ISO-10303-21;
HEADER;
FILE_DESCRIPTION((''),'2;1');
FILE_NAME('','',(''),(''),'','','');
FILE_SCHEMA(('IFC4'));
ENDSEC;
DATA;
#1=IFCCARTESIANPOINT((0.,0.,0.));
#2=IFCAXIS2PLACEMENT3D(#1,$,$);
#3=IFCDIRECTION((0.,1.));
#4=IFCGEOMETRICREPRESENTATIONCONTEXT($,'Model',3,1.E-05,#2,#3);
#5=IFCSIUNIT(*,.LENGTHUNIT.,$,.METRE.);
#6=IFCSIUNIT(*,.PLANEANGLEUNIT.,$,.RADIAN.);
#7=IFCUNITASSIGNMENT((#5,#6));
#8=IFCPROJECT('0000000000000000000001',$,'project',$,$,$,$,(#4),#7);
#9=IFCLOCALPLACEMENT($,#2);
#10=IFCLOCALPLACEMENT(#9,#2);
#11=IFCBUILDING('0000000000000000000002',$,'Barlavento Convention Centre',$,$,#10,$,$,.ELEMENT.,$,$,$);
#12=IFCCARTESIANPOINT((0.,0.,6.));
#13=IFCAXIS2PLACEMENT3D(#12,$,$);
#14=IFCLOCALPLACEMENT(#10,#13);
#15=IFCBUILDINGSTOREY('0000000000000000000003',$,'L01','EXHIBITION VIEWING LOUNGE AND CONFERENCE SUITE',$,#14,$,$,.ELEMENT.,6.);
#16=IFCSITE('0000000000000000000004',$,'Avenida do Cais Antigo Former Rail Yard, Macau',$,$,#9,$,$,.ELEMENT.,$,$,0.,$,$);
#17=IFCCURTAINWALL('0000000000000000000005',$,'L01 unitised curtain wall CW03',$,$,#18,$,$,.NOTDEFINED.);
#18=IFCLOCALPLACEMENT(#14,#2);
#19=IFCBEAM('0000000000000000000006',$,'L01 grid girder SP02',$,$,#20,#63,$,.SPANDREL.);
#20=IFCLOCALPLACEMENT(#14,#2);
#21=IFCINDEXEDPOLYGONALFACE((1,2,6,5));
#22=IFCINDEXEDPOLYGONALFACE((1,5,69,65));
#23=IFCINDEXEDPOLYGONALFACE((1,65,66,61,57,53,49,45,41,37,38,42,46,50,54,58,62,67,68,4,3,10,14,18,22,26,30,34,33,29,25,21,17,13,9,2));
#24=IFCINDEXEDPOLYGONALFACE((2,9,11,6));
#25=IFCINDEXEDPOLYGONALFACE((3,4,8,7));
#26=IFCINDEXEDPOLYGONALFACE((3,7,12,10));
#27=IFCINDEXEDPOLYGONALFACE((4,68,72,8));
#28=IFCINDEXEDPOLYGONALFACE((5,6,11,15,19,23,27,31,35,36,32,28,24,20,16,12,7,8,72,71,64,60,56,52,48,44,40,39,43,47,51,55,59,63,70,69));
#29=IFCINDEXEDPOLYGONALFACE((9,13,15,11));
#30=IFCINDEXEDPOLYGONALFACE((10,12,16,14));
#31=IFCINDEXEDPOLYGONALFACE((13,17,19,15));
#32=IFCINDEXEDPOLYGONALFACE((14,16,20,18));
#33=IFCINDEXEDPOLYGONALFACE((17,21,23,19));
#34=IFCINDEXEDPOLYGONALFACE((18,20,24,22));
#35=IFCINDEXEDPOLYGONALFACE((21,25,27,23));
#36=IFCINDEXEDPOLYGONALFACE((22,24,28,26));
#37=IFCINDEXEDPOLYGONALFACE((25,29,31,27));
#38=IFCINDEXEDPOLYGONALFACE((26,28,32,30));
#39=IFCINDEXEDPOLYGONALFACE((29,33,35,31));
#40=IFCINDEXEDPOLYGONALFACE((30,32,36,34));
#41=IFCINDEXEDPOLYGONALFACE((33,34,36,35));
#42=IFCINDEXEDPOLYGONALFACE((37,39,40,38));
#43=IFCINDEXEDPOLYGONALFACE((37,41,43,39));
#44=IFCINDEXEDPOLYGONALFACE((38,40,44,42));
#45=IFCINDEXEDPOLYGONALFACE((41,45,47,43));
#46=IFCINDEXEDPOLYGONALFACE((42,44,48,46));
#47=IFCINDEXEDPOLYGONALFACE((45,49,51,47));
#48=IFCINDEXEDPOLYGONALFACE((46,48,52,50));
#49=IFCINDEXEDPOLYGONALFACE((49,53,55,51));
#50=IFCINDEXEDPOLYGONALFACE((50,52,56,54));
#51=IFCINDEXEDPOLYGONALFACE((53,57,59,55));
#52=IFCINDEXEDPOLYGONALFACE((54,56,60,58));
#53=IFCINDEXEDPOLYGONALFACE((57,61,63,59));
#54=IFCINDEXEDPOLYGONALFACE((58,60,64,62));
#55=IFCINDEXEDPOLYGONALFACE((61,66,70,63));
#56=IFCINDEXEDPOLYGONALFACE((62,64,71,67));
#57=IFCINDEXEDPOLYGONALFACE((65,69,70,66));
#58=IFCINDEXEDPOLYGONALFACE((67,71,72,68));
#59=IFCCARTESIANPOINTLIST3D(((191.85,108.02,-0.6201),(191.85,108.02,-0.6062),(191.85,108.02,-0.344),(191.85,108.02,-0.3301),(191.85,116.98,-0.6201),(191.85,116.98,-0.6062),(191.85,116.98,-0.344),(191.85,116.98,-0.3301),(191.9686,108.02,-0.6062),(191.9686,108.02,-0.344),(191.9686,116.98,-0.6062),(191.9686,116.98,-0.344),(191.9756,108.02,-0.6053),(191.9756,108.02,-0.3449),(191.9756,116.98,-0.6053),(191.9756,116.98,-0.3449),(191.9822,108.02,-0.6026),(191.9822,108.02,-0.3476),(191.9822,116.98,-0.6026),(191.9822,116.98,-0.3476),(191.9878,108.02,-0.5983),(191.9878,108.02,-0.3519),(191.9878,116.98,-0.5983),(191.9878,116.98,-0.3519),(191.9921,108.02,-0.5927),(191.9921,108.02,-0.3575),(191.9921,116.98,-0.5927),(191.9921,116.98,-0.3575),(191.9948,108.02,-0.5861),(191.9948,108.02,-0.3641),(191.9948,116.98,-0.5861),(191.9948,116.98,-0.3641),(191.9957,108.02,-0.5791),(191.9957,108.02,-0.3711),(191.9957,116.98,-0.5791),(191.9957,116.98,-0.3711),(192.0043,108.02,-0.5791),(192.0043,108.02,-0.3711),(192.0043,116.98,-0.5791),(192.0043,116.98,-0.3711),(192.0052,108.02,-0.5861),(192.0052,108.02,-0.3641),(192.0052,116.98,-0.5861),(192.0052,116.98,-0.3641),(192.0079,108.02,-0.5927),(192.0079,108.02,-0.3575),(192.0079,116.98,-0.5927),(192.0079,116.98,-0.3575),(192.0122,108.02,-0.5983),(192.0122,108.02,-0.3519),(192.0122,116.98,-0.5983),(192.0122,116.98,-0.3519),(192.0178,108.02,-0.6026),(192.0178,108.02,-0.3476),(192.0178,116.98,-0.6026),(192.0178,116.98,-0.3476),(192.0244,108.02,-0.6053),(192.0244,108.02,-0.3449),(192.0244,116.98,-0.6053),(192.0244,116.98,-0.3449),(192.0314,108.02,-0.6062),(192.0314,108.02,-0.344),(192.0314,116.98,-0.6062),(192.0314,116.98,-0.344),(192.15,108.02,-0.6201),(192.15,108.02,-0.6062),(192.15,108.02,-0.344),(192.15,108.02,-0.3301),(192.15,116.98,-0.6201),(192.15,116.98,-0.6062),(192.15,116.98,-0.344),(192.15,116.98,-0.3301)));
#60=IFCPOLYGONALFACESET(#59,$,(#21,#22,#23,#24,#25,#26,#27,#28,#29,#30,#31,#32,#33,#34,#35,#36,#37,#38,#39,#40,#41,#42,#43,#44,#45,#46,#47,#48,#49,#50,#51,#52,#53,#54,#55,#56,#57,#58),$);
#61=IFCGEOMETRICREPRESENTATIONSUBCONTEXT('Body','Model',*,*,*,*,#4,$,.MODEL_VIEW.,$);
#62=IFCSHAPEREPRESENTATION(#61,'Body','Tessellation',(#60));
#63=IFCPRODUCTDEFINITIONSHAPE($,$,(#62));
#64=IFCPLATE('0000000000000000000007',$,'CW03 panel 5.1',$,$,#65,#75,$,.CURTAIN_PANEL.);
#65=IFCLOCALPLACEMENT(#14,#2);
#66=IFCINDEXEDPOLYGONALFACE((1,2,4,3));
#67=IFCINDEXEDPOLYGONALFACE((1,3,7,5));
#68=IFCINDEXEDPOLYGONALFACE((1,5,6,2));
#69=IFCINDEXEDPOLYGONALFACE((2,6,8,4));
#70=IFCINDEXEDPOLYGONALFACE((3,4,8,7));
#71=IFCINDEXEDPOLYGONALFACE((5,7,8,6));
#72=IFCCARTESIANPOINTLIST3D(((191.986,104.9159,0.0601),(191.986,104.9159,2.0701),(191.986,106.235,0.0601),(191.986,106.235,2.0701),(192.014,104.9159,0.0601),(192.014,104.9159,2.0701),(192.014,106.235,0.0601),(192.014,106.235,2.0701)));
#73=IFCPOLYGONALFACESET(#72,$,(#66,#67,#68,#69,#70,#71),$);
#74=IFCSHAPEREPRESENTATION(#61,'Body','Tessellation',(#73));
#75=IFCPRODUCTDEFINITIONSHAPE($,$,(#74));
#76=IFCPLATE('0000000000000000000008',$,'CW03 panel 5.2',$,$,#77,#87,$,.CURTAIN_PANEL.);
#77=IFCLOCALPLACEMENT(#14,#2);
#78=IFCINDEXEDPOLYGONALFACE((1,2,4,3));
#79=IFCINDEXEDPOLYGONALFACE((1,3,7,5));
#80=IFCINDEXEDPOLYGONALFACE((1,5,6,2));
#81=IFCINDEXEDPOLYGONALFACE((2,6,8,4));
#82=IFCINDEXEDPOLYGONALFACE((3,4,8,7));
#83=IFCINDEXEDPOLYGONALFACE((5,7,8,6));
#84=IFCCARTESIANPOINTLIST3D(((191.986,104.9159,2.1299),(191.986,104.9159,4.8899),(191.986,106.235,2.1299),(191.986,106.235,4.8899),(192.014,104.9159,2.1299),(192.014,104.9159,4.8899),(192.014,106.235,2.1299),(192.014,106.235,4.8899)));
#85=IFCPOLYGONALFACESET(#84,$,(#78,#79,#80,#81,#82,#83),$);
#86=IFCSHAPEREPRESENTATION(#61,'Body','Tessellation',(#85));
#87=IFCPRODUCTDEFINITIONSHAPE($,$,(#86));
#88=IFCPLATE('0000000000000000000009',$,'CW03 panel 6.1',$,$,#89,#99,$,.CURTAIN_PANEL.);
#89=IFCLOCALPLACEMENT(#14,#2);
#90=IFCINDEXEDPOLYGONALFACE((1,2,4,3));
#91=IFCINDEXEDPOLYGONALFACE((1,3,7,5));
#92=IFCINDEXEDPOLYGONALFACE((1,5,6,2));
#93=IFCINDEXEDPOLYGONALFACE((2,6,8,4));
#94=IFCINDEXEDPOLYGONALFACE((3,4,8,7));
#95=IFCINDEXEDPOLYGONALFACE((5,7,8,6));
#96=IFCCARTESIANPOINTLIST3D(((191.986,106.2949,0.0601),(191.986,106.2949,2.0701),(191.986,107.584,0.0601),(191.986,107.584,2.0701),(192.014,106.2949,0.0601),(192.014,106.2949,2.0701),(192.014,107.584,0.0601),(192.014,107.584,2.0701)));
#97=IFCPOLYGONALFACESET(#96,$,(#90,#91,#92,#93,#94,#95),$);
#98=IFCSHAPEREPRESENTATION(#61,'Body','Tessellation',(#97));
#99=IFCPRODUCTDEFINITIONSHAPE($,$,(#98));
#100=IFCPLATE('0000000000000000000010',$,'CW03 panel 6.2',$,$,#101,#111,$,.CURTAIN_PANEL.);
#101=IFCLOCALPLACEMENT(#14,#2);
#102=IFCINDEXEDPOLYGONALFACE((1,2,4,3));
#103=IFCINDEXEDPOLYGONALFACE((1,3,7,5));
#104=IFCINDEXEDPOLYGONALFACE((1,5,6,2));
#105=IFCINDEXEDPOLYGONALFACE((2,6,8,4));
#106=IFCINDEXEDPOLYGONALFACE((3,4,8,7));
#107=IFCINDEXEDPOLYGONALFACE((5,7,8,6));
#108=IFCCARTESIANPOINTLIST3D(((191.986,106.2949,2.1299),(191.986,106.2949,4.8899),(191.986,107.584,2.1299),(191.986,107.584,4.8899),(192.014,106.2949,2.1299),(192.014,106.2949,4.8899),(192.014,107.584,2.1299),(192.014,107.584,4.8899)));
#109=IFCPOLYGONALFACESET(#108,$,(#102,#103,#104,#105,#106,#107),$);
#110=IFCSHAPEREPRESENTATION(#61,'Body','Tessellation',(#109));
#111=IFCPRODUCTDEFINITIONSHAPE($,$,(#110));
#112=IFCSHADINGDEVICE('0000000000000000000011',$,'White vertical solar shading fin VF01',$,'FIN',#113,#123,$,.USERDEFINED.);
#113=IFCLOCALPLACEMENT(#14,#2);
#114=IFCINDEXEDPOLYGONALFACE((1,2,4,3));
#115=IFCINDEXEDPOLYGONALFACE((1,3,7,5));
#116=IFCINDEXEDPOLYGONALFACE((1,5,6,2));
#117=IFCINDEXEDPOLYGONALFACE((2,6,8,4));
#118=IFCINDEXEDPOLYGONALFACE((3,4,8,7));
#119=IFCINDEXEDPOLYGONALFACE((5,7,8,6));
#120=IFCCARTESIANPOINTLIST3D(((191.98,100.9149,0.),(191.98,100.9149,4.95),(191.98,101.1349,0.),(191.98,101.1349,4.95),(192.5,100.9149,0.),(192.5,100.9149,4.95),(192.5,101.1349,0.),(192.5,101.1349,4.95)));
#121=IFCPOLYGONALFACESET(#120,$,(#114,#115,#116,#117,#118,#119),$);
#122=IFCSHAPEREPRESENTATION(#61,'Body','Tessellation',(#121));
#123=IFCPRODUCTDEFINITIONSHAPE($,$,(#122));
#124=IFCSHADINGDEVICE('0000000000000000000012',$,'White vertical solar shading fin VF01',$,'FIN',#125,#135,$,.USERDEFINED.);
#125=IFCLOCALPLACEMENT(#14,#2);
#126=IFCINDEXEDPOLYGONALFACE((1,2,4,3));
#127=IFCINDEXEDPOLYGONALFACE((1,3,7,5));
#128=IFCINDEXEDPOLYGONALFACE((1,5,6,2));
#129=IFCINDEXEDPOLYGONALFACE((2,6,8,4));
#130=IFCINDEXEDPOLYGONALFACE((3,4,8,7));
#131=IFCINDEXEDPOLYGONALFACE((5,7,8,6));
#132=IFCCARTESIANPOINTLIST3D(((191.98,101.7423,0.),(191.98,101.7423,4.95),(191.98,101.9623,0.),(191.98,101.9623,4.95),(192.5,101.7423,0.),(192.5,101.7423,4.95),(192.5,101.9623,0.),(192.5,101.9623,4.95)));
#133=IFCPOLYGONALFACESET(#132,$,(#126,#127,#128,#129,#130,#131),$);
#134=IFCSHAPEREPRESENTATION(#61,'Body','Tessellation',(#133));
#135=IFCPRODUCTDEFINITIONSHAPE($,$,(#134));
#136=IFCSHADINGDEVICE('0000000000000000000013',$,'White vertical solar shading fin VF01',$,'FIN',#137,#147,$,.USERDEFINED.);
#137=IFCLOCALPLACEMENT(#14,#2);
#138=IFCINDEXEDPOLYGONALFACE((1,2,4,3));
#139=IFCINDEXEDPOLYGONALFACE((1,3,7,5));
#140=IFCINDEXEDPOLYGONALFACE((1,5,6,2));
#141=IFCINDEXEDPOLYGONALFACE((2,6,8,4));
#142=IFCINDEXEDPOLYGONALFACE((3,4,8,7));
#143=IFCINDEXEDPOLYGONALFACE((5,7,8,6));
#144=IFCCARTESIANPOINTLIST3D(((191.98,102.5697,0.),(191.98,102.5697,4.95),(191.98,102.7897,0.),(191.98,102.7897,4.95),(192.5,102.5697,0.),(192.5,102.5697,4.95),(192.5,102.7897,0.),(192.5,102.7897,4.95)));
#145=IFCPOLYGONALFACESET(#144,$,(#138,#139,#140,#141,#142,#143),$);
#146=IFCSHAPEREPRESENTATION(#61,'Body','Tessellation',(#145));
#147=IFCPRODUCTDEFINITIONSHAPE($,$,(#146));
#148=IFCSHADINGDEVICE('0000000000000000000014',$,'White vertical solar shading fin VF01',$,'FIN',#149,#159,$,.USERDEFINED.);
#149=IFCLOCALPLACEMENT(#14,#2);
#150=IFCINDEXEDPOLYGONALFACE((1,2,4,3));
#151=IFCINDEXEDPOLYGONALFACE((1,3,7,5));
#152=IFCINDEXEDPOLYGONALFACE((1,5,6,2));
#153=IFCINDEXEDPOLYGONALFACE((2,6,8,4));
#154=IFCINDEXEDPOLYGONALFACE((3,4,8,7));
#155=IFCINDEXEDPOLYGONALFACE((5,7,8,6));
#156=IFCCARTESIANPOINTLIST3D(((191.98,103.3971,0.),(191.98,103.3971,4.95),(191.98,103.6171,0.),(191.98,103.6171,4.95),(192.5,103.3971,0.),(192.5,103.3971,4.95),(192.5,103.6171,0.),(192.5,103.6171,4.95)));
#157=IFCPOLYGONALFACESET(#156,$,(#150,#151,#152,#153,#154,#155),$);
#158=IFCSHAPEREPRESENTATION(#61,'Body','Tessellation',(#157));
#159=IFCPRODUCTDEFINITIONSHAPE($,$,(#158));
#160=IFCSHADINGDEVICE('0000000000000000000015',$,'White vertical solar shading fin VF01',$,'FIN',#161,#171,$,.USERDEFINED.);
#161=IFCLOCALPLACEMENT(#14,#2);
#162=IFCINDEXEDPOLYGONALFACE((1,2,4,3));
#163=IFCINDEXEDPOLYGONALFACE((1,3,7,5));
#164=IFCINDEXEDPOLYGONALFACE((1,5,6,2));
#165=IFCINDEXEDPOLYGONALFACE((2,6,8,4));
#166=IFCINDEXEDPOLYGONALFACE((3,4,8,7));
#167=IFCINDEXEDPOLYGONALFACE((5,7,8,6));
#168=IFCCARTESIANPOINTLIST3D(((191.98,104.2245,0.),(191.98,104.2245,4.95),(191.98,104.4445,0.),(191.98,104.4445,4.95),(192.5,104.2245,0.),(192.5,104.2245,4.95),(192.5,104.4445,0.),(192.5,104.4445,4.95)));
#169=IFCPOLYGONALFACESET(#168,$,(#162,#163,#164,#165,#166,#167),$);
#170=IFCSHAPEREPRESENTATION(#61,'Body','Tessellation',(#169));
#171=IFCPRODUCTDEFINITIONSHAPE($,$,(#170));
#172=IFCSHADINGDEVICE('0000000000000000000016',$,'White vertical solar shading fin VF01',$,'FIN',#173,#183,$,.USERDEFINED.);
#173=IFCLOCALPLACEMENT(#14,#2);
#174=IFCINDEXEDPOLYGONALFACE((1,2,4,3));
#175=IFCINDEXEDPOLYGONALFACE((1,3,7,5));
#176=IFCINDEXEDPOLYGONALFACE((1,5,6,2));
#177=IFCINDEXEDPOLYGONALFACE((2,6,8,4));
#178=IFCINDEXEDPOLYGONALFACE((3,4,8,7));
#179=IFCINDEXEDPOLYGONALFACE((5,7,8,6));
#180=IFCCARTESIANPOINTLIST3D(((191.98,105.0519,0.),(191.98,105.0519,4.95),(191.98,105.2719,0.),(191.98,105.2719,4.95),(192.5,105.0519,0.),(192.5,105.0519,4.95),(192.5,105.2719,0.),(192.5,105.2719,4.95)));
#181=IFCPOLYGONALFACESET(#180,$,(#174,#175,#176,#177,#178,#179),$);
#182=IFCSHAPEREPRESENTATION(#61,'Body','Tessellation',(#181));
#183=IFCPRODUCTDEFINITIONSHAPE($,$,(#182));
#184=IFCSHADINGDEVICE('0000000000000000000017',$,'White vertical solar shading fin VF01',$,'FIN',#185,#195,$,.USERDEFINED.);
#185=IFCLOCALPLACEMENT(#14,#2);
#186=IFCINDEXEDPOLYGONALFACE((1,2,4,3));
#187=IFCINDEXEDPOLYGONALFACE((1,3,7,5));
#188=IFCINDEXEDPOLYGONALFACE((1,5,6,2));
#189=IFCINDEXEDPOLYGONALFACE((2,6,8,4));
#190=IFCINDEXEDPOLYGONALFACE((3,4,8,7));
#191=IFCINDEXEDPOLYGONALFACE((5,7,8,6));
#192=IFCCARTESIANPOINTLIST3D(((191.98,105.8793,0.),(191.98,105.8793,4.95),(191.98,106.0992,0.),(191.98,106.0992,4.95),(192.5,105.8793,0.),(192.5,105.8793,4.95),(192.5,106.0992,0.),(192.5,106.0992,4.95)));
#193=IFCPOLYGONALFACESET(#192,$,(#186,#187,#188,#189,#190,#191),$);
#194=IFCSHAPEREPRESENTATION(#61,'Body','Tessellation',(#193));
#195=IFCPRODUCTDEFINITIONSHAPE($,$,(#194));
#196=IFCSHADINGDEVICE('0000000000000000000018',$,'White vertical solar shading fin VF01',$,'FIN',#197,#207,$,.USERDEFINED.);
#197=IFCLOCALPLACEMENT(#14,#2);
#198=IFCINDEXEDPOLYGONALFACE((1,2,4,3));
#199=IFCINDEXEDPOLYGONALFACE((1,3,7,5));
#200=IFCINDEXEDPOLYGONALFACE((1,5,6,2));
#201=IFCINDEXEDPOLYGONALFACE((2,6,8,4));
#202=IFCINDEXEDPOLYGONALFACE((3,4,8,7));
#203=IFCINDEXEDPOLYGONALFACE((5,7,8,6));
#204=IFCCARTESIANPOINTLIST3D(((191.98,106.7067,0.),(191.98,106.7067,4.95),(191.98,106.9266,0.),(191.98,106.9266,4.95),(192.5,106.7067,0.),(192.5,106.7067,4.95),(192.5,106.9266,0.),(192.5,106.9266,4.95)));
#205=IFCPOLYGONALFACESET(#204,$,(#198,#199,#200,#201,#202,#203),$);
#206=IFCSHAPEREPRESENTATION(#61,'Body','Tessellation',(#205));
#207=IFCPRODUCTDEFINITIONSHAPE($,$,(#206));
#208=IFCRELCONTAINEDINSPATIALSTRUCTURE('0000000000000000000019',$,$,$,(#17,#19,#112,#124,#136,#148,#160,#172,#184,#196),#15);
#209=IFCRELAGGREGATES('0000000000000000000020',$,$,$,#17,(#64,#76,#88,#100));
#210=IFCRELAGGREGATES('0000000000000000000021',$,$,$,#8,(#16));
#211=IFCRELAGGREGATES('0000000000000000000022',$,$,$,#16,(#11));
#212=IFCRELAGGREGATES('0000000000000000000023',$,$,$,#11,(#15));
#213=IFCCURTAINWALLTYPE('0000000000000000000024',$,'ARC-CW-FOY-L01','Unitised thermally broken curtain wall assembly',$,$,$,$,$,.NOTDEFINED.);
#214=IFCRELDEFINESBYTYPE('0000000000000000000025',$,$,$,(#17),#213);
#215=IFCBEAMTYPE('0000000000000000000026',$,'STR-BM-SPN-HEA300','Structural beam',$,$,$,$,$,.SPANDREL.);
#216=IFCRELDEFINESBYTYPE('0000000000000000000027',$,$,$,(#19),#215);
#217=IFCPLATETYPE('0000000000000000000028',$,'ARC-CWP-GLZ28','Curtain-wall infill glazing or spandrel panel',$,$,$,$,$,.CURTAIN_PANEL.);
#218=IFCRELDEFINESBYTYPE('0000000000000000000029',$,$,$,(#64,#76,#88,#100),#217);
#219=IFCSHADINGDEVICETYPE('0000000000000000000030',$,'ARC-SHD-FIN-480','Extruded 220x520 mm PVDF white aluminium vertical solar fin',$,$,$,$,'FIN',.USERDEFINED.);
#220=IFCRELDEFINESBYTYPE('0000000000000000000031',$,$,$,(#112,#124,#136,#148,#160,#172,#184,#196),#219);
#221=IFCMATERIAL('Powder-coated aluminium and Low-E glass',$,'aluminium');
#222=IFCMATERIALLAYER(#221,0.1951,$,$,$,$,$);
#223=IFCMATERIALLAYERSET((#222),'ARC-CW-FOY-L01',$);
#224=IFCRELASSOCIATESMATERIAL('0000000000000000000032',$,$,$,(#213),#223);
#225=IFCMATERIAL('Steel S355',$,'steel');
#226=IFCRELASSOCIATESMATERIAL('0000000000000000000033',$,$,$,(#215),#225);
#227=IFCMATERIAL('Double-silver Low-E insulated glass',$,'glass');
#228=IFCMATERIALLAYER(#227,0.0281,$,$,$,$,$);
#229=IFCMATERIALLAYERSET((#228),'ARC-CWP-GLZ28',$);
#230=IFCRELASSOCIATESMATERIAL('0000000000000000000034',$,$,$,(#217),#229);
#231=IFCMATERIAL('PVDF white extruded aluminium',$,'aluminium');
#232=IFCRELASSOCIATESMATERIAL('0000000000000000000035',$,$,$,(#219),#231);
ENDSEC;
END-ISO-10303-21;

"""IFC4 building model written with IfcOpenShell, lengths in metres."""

from ifc_helpers import new_model, si_unit, direction, frame, origin, origin_2d, place, context, subcontext, project, spatial, rectangle, i_section, extrude, material, layer, layer_set, material_profile, profile_set, type_object, element, aggregate, save


model = new_model("IFC4")

# Units and contexts
model_context = context("Model", 3, precision=1e-05, world=origin(), true_north=direction((0.0, 1.0)))
body_context = subcontext(model_context, "Body", "Model", "MODEL_VIEW")
ifc_project = project(units=[si_unit("LENGTHUNIT", "METRE"), si_unit("PLANEANGLEUNIT", "RADIAN")], contexts=[model_context])

# Site, building, storey
site_placement = place(None, origin())
site = spatial("IfcSite", under=ifc_project, at=site_placement, Name="Avenida do Cais Antigo Former Rail Yard, Macau", CompositionType="ELEMENT", RefElevation=0.0)
building_placement = place(site_placement, origin())
building = spatial("IfcBuilding", under=site, at=building_placement, Name="Barlavento Convention Centre", CompositionType="ELEMENT")
storey_placement = place(building_placement, frame((0.0, 0.0, 6.0)))
storey = spatial("IfcBuildingStorey", under=building, at=storey_placement, Name="L01", Description="EXHIBITION VIEWING LOUNGE AND CONFERENCE SUITE", CompositionType="ELEMENT", Elevation=6.0)

# Shared definitions
ifc_material_1 = material(Name="Steel S355", Category="steel")

# Curtain wall
ifc_material_2 = material(Name="Powder-coated aluminium and Low-E glass", Category="aluminium")
ifc_layer_1 = layer(ifc_material_2, 0.1951)
ifc_layer_set_1 = layer_set([ifc_layer_1], Name="ARC-CW-FOY-L01")
curtain_wall_type = type_object("IfcCurtainWallType", Name="ARC-CW-FOY-L01", Description="Unitised thermally broken curtain wall assembly", PredefinedType="NOTDEFINED", material=ifc_layer_set_1)
curtain_wall_placement = place(storey_placement, origin())
curtain_wall = element("IfcCurtainWall", 1, at=curtain_wall_placement, inside=storey, type_object=curtain_wall_type, Name="L01 unitised curtain wall CW03", PredefinedType="NOTDEFINED")

# Beam
ifc_material_profile_1 = material_profile(ifc_material_1, i_section(OverallWidth=0.3, OverallDepth=0.29, WebThickness=0.0085, FlangeThickness=0.0139, FilletRadius=0.0271, at=origin_2d()), Name="HEA 300")
ifc_profile_set_1 = profile_set([ifc_material_profile_1], Name="Steel S355")
beam_type = type_object("IfcBeamType", Name="STR-BM-SPN-HEA300", Description="Structural beam", PredefinedType="SPANDREL", material=ifc_profile_set_1)
beam_placement = place(storey_placement, frame((192.0, 108.02, -0.4751), z_axis=(0.0, 1.0, 0.0), x_axis=(-1.0, 0.0, 0.0)))
element("IfcBeam", 2, at=beam_placement, inside=storey, type_object=beam_type, Name="L01 grid girder SP02", PredefinedType="SPANDREL", context=body_context, shape_type="SweptSolid", body=[
    extrude(i_section(OverallWidth=0.3, OverallDepth=0.29, WebThickness=0.0085, FlangeThickness=0.0139, FilletRadius=0.0271, at=origin_2d()), origin(), (0.0, 0.0, 1.0), 8.96),
])

# Plates
ifc_material_3 = material(Name="Double-silver Low-E insulated glass", Category="glass")
ifc_layer_2 = layer(ifc_material_3, 0.0281)
ifc_layer_set_2 = layer_set([ifc_layer_2], Name="ARC-CWP-GLZ28")
plate_type = type_object("IfcPlateType", Name="ARC-CWP-GLZ28", Description="Curtain-wall infill glazing or spandrel panel", PredefinedType="CURTAIN_PANEL", material=ifc_layer_set_2)
plate_1_placement = place(storey_placement, frame((192.0, 105.5754, 0.0601), z_axis=(0.0, 0.0, 1.0), x_axis=(0.0, 1.0, 0.0)))
plate_1 = element("IfcPlate", 3, at=plate_1_placement, type_object=plate_type, Name="CW03 panel 5.1", PredefinedType="CURTAIN_PANEL", context=body_context, shape_type="SweptSolid", body=[
    extrude(rectangle(XDim=1.3191, YDim=0.0281, at=origin_2d()), origin(), (0.0, 0.0, 1.0), 2.01),
])
plate_2_placement = place(storey_placement, frame((192.0, 105.5754, 2.1299), z_axis=(0.0, 0.0, 1.0), x_axis=(0.0, 1.0, 0.0)))
plate_2 = element("IfcPlate", 4, at=plate_2_placement, type_object=plate_type, Name="CW03 panel 5.2", PredefinedType="CURTAIN_PANEL", context=body_context, shape_type="SweptSolid", body=[
    extrude(rectangle(XDim=1.3191, YDim=0.0281, at=origin_2d()), origin(), (0.0, 0.0, 1.0), 2.76),
])
plate_3_placement = place(storey_placement, frame((192.0, 106.9395, 0.0601), z_axis=(0.0, 0.0, 1.0), x_axis=(0.0, 1.0, 0.0)))
plate_3 = element("IfcPlate", 5, at=plate_3_placement, type_object=plate_type, Name="CW03 panel 6.1", PredefinedType="CURTAIN_PANEL", context=body_context, shape_type="SweptSolid", body=[
    extrude(rectangle(XDim=1.2891, YDim=0.0281, at=origin_2d()), origin(), (0.0, 0.0, 1.0), 2.01),
])
plate_4_placement = place(storey_placement, frame((192.0, 106.9395, 2.1299), z_axis=(0.0, 0.0, 1.0), x_axis=(0.0, 1.0, 0.0)))
plate_4 = element("IfcPlate", 6, at=plate_4_placement, type_object=plate_type, Name="CW03 panel 6.2", PredefinedType="CURTAIN_PANEL", context=body_context, shape_type="SweptSolid", body=[
    extrude(rectangle(XDim=1.2891, YDim=0.0281, at=origin_2d()), origin(), (0.0, 0.0, 1.0), 2.76),
])
aggregate(curtain_wall, [plate_1, plate_2, plate_3, plate_4])

# Shading devices
ifc_material_4 = material(Name="PVDF white extruded aluminium", Category="aluminium")
shading_device_type = type_object("IfcShadingDeviceType", Name="ARC-SHD-FIN-480", Description="Extruded 220x520 mm PVDF white aluminium vertical solar fin", ElementType="FIN", PredefinedType="USERDEFINED", material=ifc_material_4)
for number, where, z_axis, x_axis, name in (
    (7, (192.24, 101.0249, 0.0), (0.0, 0.0, 1.0), (0.0, 1.0, 0.0), "White vertical solar shading fin VF01"),
    (8, (192.24, 101.8523, 0.0), (0.0, 0.0, 1.0), (0.0, 1.0, 0.0), "White vertical solar shading fin VF01"),
    (9, (192.24, 102.6797, 0.0), (0.0, 0.0, 1.0), (0.0, 1.0, 0.0), "White vertical solar shading fin VF01"),
    (10, (192.24, 103.5071, 0.0), (0.0, 0.0, 1.0), (0.0, 1.0, 0.0), "White vertical solar shading fin VF01"),
    (11, (192.24, 104.3345, 0.0), (0.0, 0.0, 1.0), (0.0, 1.0, 0.0), "White vertical solar shading fin VF01"),
    (12, (192.24, 105.1619, 0.0), (0.0, 0.0, 1.0), (0.0, 1.0, 0.0), "White vertical solar shading fin VF01"),
    (13, (192.24, 105.9893, 0.0), (0.0, 0.0, 1.0), (0.0, 1.0, 0.0), "White vertical solar shading fin VF01"),
    (14, (192.24, 106.8167, 0.0), (0.0, 0.0, 1.0), (0.0, 1.0, 0.0), "White vertical solar shading fin VF01"),
):
    element("IfcShadingDevice", number, at=place(storey_placement, frame(where, z_axis=z_axis, x_axis=x_axis)), inside=storey, type_object=shading_device_type, Name=name, ObjectType="FIN", PredefinedType="USERDEFINED", context=body_context, shape_type="SweptSolid", body=[
        extrude(rectangle(XDim=0.22, YDim=0.52, at=origin_2d()), origin(), (0.0, 0.0, 1.0), 4.95),
    ])

save(model, "model.ifc")
